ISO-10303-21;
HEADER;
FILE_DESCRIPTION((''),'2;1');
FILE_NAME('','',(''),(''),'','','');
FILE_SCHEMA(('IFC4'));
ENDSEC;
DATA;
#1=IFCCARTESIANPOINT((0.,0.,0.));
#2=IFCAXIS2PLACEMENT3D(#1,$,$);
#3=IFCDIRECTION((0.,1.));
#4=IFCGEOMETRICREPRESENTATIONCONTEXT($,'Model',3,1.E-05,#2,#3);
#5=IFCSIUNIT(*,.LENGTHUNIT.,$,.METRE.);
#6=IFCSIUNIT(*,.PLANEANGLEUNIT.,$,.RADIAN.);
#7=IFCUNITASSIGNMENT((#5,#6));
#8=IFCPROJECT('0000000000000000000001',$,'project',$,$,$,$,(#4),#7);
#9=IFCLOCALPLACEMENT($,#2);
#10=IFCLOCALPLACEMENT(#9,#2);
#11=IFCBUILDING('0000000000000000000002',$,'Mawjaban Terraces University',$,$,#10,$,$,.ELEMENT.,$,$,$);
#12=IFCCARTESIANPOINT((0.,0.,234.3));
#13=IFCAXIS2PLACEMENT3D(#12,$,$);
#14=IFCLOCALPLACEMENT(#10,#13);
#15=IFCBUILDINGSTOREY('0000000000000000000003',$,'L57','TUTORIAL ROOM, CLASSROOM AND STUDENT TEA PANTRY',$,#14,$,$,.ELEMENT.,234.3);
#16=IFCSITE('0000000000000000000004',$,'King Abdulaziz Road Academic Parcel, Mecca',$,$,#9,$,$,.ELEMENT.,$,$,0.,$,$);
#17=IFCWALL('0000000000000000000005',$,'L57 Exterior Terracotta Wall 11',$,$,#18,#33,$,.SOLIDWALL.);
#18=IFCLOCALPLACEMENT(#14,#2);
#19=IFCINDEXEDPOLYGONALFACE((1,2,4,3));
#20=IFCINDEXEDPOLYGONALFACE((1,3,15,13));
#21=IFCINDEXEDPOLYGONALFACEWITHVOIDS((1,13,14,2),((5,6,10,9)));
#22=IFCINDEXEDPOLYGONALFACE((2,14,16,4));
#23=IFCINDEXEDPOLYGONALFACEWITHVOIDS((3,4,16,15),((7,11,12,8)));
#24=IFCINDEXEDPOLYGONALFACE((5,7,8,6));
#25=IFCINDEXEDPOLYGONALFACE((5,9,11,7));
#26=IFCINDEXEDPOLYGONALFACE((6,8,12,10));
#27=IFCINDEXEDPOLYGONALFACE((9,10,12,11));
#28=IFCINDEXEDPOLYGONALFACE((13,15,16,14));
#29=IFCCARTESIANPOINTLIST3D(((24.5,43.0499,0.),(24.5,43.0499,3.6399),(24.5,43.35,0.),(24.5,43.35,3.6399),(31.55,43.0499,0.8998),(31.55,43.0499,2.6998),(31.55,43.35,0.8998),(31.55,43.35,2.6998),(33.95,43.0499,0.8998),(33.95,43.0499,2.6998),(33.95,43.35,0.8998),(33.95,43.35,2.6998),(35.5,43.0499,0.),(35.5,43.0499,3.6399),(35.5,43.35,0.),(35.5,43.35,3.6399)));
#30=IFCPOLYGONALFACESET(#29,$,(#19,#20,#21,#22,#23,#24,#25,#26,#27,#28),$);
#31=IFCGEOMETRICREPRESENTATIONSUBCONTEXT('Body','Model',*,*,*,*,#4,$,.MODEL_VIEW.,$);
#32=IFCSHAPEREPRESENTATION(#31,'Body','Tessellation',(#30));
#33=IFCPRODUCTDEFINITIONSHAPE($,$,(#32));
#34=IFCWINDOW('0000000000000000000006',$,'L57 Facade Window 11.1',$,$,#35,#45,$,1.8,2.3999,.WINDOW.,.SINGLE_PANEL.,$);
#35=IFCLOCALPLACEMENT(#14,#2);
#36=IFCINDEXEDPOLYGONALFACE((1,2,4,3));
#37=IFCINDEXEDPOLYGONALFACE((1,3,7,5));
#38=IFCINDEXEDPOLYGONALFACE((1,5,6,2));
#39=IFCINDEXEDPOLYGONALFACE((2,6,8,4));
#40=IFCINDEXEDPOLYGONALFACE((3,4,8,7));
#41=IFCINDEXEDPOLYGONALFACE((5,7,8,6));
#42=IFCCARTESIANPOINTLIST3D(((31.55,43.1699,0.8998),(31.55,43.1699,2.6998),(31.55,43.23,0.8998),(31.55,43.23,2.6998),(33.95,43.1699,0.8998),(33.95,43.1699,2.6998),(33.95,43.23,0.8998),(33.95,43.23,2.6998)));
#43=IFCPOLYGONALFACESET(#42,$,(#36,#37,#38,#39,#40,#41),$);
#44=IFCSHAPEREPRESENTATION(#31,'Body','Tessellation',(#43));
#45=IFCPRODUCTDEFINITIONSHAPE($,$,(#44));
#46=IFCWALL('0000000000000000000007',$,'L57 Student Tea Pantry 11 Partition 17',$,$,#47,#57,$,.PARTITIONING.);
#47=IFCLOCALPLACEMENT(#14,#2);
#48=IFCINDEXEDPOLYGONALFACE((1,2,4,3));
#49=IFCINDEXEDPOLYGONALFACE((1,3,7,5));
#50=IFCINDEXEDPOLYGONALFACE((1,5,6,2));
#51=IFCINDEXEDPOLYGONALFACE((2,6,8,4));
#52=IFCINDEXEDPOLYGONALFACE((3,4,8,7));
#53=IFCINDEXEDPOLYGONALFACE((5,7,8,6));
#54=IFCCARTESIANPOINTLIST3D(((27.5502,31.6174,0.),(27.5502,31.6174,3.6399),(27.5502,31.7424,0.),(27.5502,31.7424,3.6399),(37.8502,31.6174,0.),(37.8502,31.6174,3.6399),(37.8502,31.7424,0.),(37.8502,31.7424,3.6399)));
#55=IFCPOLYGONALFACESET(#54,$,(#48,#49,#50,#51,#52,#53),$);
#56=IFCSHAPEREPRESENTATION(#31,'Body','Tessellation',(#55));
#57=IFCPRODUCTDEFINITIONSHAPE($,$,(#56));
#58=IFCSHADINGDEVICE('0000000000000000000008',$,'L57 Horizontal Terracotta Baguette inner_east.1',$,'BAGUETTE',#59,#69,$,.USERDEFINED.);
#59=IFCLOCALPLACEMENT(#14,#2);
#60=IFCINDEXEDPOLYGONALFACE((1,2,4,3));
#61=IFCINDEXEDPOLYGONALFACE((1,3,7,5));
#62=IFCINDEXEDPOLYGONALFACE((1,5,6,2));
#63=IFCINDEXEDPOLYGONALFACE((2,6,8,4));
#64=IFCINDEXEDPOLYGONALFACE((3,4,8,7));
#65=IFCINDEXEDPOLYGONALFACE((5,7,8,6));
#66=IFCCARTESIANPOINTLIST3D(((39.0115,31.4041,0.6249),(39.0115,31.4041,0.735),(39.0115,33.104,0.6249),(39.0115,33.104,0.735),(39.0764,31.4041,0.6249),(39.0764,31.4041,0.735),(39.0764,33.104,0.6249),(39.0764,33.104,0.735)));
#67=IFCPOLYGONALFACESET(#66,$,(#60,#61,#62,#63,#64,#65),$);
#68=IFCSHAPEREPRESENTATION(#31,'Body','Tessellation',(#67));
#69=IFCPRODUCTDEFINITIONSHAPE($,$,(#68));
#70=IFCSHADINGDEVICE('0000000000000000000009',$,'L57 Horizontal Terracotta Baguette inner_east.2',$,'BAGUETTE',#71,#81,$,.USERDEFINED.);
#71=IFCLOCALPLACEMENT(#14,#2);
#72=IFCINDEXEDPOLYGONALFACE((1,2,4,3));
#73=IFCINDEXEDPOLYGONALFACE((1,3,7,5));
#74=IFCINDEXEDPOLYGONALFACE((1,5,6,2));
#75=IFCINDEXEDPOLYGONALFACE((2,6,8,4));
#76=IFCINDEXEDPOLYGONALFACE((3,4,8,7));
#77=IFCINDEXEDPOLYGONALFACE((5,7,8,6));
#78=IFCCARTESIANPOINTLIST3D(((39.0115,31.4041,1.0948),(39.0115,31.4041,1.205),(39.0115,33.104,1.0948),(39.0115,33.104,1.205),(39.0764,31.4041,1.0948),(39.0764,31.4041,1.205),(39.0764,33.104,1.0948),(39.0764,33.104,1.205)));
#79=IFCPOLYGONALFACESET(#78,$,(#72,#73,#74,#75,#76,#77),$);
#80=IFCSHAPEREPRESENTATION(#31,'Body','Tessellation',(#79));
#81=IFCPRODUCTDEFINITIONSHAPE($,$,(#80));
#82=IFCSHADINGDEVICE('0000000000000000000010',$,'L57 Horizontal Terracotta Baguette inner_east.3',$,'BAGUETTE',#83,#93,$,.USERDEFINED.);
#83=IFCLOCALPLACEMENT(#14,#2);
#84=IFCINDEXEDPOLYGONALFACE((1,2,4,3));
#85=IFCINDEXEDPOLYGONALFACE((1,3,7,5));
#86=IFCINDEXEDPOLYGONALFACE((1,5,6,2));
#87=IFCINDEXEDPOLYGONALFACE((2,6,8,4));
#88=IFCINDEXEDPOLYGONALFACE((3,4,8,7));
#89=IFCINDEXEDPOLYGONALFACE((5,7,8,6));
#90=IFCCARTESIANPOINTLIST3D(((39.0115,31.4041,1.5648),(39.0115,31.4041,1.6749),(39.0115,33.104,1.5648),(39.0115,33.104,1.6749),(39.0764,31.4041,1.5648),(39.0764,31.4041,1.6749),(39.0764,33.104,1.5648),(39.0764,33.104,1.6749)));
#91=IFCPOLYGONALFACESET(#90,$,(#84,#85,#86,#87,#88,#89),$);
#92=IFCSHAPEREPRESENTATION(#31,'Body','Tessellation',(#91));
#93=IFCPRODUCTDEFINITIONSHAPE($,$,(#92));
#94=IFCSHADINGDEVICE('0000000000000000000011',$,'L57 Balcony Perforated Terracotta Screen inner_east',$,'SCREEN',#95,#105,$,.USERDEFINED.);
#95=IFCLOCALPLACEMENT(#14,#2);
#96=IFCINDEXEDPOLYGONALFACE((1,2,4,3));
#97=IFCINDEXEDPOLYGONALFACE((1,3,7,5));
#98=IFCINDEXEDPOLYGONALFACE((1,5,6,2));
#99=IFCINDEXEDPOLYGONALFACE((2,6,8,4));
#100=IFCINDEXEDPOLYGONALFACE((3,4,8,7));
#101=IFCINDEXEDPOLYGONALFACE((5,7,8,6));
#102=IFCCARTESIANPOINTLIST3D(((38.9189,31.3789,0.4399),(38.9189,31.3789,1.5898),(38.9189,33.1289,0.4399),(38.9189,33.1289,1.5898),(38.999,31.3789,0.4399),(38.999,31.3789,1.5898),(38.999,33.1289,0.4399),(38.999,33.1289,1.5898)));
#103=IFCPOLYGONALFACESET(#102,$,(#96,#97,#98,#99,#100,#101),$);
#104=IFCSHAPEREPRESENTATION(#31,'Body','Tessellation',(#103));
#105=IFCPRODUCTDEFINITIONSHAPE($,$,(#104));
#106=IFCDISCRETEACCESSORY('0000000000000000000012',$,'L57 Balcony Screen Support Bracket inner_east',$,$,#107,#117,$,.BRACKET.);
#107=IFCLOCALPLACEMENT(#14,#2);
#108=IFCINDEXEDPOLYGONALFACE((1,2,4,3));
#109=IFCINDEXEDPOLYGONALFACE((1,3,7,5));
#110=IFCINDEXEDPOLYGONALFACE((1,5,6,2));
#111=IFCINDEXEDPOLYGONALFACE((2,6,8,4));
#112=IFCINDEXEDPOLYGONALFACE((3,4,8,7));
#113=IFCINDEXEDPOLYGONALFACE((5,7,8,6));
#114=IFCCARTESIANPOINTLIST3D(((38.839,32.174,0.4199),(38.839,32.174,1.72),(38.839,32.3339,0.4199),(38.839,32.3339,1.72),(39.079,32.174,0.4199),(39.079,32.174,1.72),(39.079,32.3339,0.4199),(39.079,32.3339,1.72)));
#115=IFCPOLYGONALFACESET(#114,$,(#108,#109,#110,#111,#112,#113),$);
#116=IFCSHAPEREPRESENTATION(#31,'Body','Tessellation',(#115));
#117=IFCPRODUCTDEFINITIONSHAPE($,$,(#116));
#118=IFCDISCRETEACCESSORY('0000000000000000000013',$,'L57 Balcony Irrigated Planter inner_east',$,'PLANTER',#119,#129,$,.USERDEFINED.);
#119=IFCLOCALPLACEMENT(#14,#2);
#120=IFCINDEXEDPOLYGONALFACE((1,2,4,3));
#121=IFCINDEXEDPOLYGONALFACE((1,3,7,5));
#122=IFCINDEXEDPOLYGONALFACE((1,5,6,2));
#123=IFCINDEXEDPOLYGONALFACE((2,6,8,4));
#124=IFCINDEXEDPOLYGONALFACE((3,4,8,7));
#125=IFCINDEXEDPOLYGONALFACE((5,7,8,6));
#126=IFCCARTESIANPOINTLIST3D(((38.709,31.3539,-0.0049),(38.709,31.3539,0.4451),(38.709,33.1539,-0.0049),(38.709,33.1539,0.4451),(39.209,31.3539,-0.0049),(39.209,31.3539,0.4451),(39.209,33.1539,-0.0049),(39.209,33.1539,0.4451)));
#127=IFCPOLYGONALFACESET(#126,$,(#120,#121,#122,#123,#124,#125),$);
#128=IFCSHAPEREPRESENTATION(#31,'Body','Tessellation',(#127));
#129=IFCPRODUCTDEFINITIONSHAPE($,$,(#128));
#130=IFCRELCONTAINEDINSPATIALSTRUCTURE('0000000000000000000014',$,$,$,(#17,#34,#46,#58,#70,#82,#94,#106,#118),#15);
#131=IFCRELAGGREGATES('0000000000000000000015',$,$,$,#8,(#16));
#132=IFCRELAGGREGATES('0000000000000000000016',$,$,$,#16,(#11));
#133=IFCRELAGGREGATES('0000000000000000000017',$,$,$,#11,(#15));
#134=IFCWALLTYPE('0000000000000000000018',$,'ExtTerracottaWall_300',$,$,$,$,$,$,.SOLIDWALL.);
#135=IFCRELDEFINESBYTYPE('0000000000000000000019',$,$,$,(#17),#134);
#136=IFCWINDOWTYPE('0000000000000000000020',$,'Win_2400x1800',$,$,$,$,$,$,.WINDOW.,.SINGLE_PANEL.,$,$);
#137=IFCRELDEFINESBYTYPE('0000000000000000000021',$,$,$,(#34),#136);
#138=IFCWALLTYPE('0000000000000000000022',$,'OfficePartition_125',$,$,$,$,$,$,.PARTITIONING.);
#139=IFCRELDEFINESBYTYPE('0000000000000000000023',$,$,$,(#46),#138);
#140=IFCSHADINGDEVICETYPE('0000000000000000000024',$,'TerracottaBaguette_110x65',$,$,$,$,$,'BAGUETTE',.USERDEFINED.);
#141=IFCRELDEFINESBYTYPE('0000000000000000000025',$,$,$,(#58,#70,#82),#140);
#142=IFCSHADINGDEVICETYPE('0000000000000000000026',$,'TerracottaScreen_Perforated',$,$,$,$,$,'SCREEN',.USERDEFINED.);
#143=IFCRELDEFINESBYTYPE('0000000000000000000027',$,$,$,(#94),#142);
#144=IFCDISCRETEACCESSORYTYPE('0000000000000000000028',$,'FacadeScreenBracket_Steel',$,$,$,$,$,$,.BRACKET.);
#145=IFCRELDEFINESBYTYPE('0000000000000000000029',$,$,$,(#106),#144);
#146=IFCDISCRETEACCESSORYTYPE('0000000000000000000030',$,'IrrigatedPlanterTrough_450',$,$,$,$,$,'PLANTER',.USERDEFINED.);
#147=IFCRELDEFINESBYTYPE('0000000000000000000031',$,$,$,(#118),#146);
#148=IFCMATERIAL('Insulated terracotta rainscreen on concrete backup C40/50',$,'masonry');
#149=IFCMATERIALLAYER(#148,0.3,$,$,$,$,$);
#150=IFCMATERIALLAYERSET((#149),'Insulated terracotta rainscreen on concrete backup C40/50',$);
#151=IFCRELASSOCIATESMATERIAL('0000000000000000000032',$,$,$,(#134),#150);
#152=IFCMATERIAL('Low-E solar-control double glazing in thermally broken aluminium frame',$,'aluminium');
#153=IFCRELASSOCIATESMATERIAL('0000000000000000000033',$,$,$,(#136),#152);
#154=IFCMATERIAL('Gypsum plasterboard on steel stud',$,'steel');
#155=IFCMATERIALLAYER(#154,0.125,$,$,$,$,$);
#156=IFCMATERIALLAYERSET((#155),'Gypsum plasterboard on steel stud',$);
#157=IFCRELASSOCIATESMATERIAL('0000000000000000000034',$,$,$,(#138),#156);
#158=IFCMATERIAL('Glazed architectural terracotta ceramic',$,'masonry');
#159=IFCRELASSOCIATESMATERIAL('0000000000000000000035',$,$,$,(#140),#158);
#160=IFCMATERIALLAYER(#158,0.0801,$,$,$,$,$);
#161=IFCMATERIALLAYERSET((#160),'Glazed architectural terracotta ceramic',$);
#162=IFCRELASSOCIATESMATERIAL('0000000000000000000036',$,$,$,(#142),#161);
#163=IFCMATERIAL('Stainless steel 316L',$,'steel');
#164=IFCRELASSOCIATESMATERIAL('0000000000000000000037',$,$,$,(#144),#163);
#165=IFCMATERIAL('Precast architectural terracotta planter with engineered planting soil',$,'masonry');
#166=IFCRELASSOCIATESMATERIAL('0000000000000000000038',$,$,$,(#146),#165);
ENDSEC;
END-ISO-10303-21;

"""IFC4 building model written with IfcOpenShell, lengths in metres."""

from ifc_helpers import new_model, si_unit, direction, frame, frame_2d, origin, origin_2d, place, context, subcontext, project, spatial, rectangle, extrude, material, layer, layer_set, material_profile, profile_set, type_object, element, fill, save


model = new_model("IFC4")

# Units and contexts
model_context = context("Model", 3, precision=1e-05, world=origin(), true_north=direction((0.0, 1.0)))
body_context = subcontext(model_context, "Body", "Model", "MODEL_VIEW")
ifc_project = project(units=[si_unit("LENGTHUNIT", "METRE"), si_unit("PLANEANGLEUNIT", "RADIAN")], contexts=[model_context])

# Site, building, storey
site_placement = place(None, origin())
site = spatial("IfcSite", under=ifc_project, at=site_placement, Name="King Abdulaziz Road Academic Parcel, Mecca", CompositionType="ELEMENT", RefElevation=0.0)
building_placement = place(site_placement, origin())
building = spatial("IfcBuilding", under=site, at=building_placement, Name="Mawjaban Terraces University", CompositionType="ELEMENT")
storey_placement = place(building_placement, frame((0.0, 0.0, 234.3)))
storey = spatial("IfcBuildingStorey", under=building, at=storey_placement, Name="L57", Description="TUTORIAL ROOM, CLASSROOM AND STUDENT TEA PANTRY", CompositionType="ELEMENT", Elevation=234.3)

# Shared definitions
ifc_material_1 = material(Name="Insulated terracotta rainscreen on concrete backup C40/50", Category="masonry")
ifc_layer_1 = layer(ifc_material_1, 0.3)
ifc_layer_set_1 = layer_set([ifc_layer_1], Name="Insulated terracotta rainscreen on concrete backup C40/50")
wall_type_1 = type_object("IfcWallType", Name="ExtTerracottaWall_300", PredefinedType="SOLIDWALL", material=ifc_layer_set_1)

# Wall, opening, window
wall_1_placement = place(storey_placement, frame((35.5, 43.2, 0.0), z_axis=(0.0, 0.0, 1.0), x_axis=(-1.0, 0.0, 0.0)))
wall_1 = element("IfcWall", 1, at=wall_1_placement, inside=storey, type_object=wall_type_1, Name="L57 Exterior Terracotta Wall 11", PredefinedType="SOLIDWALL", context=body_context, shape_type="SweptSolid", body=[
    extrude(rectangle(XDim=11.0, YDim=0.3, at=frame_2d((5.5, 0.0))), origin(), (0.0, 0.0, 1.0), 3.6399),
])
opening_1_placement = place(wall_1_placement, frame((1.55, 0.0, 0.8999)))
opening_1 = element("IfcOpeningElement", 2, at=opening_1_placement, cuts=wall_1, PredefinedType="OPENING", context=body_context, shape_type="SweptSolid", body=[
    extrude(rectangle(XDim=2.3999, YDim=1.8, at=frame_2d((1.2, 0.8999))), frame((0.0, 0.1599, 0.0), z_axis=(0.0, -1.0, 0.0), x_axis=(1.0, 0.0, 0.0)), (0.0, 0.0, 1.0), 0.3201),
])
ifc_material_2 = material(Name="Low-E solar-control double glazing in thermally broken aluminium frame", Category="aluminium")
window_type = type_object("IfcWindowType", Name="Win_2400x1800", PartitioningType="SINGLE_PANEL", PredefinedType="WINDOW", material=ifc_material_2)
window_placement = place(opening_1_placement, origin())
window = element("IfcWindow", 3, at=window_placement, inside=storey, type_object=window_type, Name="L57 Facade Window 11.1", OverallHeight=1.8, OverallWidth=2.3999, PartitioningType="SINGLE_PANEL", PredefinedType="WINDOW", context=body_context, shape_type="SweptSolid", body=[
    extrude(rectangle(XDim=2.3999, YDim=1.8, at=frame_2d((1.2, 0.8999))), frame((0.0, 0.03, 0.0), z_axis=(0.0, -1.0, 0.0), x_axis=(1.0, 0.0, 0.0)), (0.0, 0.0, 1.0), 0.0601),
])
fill(opening_1, window)

# Wall
ifc_material_3 = material(Name="Gypsum plasterboard on steel stud", Category="steel")
ifc_layer_2 = layer(ifc_material_3, 0.125)
ifc_layer_set_2 = layer_set([ifc_layer_2], Name="Gypsum plasterboard on steel stud")
wall_type_2 = type_object("IfcWallType", Name="OfficePartition_125", PredefinedType="PARTITIONING", material=ifc_layer_set_2)
wall_2_placement = place(storey_placement, frame((37.8501, 31.6799, 0.0), z_axis=(0.0, 0.0, 1.0), x_axis=(-1.0, 0.0, 0.0)))
element("IfcWall", 4, at=wall_2_placement, inside=storey, type_object=wall_type_2, Name="L57 Student Tea Pantry 11 Partition 17", PredefinedType="PARTITIONING", context=body_context, shape_type="SweptSolid", body=[
    extrude(rectangle(XDim=10.3, YDim=0.125, at=frame_2d((5.1499, 0.0))), origin(), (0.0, 0.0, 1.0), 3.6399),
])

# Shading devices
ifc_material_4 = material(Name="Glazed architectural terracotta ceramic", Category="masonry")
ifc_material_profile_1 = material_profile(ifc_material_4, rectangle(XDim=0.0649, YDim=0.1101, at=origin_2d()), Name="TBAG110X65")
ifc_profile_set_1 = profile_set([ifc_material_profile_1], Name="Glazed architectural terracotta ceramic")
shading_device_type_1 = type_object("IfcShadingDeviceType", Name="TerracottaBaguette_110x65", ElementType="BAGUETTE", PredefinedType="USERDEFINED", material=ifc_profile_set_1)
for number, where, z_axis, x_axis, name in (
    (5, (39.0439, 31.4041, 0.6799), (0.0, 1.0, 0.0), (-1.0, 0.0, 0.0), "L57 Horizontal Terracotta Baguette inner_east.1"),
    (6, (39.0439, 31.4041, 1.1499), (0.0, 1.0, 0.0), (-1.0, 0.0, 0.0), "L57 Horizontal Terracotta Baguette inner_east.2"),
    (7, (39.0439, 31.4041, 1.6199), (0.0, 1.0, 0.0), (-1.0, 0.0, 0.0), "L57 Horizontal Terracotta Baguette inner_east.3"),
):
    element("IfcShadingDevice", number, at=place(storey_placement, frame(where, z_axis=z_axis, x_axis=x_axis)), inside=storey, type_object=shading_device_type_1, Name=name, ObjectType="BAGUETTE", PredefinedType="USERDEFINED", context=body_context, shape_type="SweptSolid", body=[
        extrude(rectangle(XDim=0.0649, YDim=0.1101, at=origin_2d()), origin(), (0.0, 0.0, 1.0), 1.7),
    ])
ifc_layer_3 = layer(ifc_material_4, 0.0801)
ifc_layer_set_3 = layer_set([ifc_layer_3], Name="Glazed architectural terracotta ceramic")
shading_device_type_2 = type_object("IfcShadingDeviceType", Name="TerracottaScreen_Perforated", ElementType="SCREEN", PredefinedType="USERDEFINED", material=ifc_layer_set_3)
shading_device_placement = place(storey_placement, frame((38.959, 32.2539, 0.4399), z_axis=(0.0, 0.0, 1.0), x_axis=(0.0, 1.0, 0.0)))
element("IfcShadingDevice", 8, at=shading_device_placement, inside=storey, type_object=shading_device_type_2, Name="L57 Balcony Perforated Terracotta Screen inner_east", ObjectType="SCREEN", PredefinedType="USERDEFINED", context=body_context, shape_type="SweptSolid", body=[
    extrude(rectangle(XDim=1.75, YDim=0.0801, at=origin_2d()), origin(), (0.0, 0.0, 1.0), 1.1499),
])

# Discrete accessories
ifc_material_5 = material(Name="Stainless steel 316L", Category="steel")
discrete_accessory_type_1 = type_object("IfcDiscreteAccessoryType", Name="FacadeScreenBracket_Steel", PredefinedType="BRACKET", material=ifc_material_5)
discrete_accessory_1_placement = place(storey_placement, frame((38.959, 32.2539, 0.4199), z_axis=(0.0, 0.0, 1.0), x_axis=(0.0, 1.0, 0.0)))
element("IfcDiscreteAccessory", 9, at=discrete_accessory_1_placement, inside=storey, type_object=discrete_accessory_type_1, Name="L57 Balcony Screen Support Bracket inner_east", PredefinedType="BRACKET", context=body_context, shape_type="SweptSolid", body=[
    extrude(rectangle(XDim=0.1599, YDim=0.24, at=origin_2d()), origin(), (0.0, 0.0, 1.0), 1.3),
])
ifc_material_6 = material(Name="Precast architectural terracotta planter with engineered planting soil", Category="masonry")
discrete_accessory_type_2 = type_object("IfcDiscreteAccessoryType", Name="IrrigatedPlanterTrough_450", ElementType="PLANTER", PredefinedType="USERDEFINED", material=ifc_material_6)
discrete_accessory_2_placement = place(storey_placement, frame((38.959, 32.2539, -0.0049), z_axis=(0.0, 0.0, 1.0), x_axis=(0.0, 1.0, 0.0)))
element("IfcDiscreteAccessory", 10, at=discrete_accessory_2_placement, inside=storey, type_object=discrete_accessory_type_2, Name="L57 Balcony Irrigated Planter inner_east", ObjectType="PLANTER", PredefinedType="USERDEFINED", context=body_context, shape_type="SweptSolid", body=[
    extrude(rectangle(XDim=1.8, YDim=0.5, at=origin_2d()), origin(), (0.0, 0.0, 1.0), 0.45),
])

save(model, "model.ifc")
